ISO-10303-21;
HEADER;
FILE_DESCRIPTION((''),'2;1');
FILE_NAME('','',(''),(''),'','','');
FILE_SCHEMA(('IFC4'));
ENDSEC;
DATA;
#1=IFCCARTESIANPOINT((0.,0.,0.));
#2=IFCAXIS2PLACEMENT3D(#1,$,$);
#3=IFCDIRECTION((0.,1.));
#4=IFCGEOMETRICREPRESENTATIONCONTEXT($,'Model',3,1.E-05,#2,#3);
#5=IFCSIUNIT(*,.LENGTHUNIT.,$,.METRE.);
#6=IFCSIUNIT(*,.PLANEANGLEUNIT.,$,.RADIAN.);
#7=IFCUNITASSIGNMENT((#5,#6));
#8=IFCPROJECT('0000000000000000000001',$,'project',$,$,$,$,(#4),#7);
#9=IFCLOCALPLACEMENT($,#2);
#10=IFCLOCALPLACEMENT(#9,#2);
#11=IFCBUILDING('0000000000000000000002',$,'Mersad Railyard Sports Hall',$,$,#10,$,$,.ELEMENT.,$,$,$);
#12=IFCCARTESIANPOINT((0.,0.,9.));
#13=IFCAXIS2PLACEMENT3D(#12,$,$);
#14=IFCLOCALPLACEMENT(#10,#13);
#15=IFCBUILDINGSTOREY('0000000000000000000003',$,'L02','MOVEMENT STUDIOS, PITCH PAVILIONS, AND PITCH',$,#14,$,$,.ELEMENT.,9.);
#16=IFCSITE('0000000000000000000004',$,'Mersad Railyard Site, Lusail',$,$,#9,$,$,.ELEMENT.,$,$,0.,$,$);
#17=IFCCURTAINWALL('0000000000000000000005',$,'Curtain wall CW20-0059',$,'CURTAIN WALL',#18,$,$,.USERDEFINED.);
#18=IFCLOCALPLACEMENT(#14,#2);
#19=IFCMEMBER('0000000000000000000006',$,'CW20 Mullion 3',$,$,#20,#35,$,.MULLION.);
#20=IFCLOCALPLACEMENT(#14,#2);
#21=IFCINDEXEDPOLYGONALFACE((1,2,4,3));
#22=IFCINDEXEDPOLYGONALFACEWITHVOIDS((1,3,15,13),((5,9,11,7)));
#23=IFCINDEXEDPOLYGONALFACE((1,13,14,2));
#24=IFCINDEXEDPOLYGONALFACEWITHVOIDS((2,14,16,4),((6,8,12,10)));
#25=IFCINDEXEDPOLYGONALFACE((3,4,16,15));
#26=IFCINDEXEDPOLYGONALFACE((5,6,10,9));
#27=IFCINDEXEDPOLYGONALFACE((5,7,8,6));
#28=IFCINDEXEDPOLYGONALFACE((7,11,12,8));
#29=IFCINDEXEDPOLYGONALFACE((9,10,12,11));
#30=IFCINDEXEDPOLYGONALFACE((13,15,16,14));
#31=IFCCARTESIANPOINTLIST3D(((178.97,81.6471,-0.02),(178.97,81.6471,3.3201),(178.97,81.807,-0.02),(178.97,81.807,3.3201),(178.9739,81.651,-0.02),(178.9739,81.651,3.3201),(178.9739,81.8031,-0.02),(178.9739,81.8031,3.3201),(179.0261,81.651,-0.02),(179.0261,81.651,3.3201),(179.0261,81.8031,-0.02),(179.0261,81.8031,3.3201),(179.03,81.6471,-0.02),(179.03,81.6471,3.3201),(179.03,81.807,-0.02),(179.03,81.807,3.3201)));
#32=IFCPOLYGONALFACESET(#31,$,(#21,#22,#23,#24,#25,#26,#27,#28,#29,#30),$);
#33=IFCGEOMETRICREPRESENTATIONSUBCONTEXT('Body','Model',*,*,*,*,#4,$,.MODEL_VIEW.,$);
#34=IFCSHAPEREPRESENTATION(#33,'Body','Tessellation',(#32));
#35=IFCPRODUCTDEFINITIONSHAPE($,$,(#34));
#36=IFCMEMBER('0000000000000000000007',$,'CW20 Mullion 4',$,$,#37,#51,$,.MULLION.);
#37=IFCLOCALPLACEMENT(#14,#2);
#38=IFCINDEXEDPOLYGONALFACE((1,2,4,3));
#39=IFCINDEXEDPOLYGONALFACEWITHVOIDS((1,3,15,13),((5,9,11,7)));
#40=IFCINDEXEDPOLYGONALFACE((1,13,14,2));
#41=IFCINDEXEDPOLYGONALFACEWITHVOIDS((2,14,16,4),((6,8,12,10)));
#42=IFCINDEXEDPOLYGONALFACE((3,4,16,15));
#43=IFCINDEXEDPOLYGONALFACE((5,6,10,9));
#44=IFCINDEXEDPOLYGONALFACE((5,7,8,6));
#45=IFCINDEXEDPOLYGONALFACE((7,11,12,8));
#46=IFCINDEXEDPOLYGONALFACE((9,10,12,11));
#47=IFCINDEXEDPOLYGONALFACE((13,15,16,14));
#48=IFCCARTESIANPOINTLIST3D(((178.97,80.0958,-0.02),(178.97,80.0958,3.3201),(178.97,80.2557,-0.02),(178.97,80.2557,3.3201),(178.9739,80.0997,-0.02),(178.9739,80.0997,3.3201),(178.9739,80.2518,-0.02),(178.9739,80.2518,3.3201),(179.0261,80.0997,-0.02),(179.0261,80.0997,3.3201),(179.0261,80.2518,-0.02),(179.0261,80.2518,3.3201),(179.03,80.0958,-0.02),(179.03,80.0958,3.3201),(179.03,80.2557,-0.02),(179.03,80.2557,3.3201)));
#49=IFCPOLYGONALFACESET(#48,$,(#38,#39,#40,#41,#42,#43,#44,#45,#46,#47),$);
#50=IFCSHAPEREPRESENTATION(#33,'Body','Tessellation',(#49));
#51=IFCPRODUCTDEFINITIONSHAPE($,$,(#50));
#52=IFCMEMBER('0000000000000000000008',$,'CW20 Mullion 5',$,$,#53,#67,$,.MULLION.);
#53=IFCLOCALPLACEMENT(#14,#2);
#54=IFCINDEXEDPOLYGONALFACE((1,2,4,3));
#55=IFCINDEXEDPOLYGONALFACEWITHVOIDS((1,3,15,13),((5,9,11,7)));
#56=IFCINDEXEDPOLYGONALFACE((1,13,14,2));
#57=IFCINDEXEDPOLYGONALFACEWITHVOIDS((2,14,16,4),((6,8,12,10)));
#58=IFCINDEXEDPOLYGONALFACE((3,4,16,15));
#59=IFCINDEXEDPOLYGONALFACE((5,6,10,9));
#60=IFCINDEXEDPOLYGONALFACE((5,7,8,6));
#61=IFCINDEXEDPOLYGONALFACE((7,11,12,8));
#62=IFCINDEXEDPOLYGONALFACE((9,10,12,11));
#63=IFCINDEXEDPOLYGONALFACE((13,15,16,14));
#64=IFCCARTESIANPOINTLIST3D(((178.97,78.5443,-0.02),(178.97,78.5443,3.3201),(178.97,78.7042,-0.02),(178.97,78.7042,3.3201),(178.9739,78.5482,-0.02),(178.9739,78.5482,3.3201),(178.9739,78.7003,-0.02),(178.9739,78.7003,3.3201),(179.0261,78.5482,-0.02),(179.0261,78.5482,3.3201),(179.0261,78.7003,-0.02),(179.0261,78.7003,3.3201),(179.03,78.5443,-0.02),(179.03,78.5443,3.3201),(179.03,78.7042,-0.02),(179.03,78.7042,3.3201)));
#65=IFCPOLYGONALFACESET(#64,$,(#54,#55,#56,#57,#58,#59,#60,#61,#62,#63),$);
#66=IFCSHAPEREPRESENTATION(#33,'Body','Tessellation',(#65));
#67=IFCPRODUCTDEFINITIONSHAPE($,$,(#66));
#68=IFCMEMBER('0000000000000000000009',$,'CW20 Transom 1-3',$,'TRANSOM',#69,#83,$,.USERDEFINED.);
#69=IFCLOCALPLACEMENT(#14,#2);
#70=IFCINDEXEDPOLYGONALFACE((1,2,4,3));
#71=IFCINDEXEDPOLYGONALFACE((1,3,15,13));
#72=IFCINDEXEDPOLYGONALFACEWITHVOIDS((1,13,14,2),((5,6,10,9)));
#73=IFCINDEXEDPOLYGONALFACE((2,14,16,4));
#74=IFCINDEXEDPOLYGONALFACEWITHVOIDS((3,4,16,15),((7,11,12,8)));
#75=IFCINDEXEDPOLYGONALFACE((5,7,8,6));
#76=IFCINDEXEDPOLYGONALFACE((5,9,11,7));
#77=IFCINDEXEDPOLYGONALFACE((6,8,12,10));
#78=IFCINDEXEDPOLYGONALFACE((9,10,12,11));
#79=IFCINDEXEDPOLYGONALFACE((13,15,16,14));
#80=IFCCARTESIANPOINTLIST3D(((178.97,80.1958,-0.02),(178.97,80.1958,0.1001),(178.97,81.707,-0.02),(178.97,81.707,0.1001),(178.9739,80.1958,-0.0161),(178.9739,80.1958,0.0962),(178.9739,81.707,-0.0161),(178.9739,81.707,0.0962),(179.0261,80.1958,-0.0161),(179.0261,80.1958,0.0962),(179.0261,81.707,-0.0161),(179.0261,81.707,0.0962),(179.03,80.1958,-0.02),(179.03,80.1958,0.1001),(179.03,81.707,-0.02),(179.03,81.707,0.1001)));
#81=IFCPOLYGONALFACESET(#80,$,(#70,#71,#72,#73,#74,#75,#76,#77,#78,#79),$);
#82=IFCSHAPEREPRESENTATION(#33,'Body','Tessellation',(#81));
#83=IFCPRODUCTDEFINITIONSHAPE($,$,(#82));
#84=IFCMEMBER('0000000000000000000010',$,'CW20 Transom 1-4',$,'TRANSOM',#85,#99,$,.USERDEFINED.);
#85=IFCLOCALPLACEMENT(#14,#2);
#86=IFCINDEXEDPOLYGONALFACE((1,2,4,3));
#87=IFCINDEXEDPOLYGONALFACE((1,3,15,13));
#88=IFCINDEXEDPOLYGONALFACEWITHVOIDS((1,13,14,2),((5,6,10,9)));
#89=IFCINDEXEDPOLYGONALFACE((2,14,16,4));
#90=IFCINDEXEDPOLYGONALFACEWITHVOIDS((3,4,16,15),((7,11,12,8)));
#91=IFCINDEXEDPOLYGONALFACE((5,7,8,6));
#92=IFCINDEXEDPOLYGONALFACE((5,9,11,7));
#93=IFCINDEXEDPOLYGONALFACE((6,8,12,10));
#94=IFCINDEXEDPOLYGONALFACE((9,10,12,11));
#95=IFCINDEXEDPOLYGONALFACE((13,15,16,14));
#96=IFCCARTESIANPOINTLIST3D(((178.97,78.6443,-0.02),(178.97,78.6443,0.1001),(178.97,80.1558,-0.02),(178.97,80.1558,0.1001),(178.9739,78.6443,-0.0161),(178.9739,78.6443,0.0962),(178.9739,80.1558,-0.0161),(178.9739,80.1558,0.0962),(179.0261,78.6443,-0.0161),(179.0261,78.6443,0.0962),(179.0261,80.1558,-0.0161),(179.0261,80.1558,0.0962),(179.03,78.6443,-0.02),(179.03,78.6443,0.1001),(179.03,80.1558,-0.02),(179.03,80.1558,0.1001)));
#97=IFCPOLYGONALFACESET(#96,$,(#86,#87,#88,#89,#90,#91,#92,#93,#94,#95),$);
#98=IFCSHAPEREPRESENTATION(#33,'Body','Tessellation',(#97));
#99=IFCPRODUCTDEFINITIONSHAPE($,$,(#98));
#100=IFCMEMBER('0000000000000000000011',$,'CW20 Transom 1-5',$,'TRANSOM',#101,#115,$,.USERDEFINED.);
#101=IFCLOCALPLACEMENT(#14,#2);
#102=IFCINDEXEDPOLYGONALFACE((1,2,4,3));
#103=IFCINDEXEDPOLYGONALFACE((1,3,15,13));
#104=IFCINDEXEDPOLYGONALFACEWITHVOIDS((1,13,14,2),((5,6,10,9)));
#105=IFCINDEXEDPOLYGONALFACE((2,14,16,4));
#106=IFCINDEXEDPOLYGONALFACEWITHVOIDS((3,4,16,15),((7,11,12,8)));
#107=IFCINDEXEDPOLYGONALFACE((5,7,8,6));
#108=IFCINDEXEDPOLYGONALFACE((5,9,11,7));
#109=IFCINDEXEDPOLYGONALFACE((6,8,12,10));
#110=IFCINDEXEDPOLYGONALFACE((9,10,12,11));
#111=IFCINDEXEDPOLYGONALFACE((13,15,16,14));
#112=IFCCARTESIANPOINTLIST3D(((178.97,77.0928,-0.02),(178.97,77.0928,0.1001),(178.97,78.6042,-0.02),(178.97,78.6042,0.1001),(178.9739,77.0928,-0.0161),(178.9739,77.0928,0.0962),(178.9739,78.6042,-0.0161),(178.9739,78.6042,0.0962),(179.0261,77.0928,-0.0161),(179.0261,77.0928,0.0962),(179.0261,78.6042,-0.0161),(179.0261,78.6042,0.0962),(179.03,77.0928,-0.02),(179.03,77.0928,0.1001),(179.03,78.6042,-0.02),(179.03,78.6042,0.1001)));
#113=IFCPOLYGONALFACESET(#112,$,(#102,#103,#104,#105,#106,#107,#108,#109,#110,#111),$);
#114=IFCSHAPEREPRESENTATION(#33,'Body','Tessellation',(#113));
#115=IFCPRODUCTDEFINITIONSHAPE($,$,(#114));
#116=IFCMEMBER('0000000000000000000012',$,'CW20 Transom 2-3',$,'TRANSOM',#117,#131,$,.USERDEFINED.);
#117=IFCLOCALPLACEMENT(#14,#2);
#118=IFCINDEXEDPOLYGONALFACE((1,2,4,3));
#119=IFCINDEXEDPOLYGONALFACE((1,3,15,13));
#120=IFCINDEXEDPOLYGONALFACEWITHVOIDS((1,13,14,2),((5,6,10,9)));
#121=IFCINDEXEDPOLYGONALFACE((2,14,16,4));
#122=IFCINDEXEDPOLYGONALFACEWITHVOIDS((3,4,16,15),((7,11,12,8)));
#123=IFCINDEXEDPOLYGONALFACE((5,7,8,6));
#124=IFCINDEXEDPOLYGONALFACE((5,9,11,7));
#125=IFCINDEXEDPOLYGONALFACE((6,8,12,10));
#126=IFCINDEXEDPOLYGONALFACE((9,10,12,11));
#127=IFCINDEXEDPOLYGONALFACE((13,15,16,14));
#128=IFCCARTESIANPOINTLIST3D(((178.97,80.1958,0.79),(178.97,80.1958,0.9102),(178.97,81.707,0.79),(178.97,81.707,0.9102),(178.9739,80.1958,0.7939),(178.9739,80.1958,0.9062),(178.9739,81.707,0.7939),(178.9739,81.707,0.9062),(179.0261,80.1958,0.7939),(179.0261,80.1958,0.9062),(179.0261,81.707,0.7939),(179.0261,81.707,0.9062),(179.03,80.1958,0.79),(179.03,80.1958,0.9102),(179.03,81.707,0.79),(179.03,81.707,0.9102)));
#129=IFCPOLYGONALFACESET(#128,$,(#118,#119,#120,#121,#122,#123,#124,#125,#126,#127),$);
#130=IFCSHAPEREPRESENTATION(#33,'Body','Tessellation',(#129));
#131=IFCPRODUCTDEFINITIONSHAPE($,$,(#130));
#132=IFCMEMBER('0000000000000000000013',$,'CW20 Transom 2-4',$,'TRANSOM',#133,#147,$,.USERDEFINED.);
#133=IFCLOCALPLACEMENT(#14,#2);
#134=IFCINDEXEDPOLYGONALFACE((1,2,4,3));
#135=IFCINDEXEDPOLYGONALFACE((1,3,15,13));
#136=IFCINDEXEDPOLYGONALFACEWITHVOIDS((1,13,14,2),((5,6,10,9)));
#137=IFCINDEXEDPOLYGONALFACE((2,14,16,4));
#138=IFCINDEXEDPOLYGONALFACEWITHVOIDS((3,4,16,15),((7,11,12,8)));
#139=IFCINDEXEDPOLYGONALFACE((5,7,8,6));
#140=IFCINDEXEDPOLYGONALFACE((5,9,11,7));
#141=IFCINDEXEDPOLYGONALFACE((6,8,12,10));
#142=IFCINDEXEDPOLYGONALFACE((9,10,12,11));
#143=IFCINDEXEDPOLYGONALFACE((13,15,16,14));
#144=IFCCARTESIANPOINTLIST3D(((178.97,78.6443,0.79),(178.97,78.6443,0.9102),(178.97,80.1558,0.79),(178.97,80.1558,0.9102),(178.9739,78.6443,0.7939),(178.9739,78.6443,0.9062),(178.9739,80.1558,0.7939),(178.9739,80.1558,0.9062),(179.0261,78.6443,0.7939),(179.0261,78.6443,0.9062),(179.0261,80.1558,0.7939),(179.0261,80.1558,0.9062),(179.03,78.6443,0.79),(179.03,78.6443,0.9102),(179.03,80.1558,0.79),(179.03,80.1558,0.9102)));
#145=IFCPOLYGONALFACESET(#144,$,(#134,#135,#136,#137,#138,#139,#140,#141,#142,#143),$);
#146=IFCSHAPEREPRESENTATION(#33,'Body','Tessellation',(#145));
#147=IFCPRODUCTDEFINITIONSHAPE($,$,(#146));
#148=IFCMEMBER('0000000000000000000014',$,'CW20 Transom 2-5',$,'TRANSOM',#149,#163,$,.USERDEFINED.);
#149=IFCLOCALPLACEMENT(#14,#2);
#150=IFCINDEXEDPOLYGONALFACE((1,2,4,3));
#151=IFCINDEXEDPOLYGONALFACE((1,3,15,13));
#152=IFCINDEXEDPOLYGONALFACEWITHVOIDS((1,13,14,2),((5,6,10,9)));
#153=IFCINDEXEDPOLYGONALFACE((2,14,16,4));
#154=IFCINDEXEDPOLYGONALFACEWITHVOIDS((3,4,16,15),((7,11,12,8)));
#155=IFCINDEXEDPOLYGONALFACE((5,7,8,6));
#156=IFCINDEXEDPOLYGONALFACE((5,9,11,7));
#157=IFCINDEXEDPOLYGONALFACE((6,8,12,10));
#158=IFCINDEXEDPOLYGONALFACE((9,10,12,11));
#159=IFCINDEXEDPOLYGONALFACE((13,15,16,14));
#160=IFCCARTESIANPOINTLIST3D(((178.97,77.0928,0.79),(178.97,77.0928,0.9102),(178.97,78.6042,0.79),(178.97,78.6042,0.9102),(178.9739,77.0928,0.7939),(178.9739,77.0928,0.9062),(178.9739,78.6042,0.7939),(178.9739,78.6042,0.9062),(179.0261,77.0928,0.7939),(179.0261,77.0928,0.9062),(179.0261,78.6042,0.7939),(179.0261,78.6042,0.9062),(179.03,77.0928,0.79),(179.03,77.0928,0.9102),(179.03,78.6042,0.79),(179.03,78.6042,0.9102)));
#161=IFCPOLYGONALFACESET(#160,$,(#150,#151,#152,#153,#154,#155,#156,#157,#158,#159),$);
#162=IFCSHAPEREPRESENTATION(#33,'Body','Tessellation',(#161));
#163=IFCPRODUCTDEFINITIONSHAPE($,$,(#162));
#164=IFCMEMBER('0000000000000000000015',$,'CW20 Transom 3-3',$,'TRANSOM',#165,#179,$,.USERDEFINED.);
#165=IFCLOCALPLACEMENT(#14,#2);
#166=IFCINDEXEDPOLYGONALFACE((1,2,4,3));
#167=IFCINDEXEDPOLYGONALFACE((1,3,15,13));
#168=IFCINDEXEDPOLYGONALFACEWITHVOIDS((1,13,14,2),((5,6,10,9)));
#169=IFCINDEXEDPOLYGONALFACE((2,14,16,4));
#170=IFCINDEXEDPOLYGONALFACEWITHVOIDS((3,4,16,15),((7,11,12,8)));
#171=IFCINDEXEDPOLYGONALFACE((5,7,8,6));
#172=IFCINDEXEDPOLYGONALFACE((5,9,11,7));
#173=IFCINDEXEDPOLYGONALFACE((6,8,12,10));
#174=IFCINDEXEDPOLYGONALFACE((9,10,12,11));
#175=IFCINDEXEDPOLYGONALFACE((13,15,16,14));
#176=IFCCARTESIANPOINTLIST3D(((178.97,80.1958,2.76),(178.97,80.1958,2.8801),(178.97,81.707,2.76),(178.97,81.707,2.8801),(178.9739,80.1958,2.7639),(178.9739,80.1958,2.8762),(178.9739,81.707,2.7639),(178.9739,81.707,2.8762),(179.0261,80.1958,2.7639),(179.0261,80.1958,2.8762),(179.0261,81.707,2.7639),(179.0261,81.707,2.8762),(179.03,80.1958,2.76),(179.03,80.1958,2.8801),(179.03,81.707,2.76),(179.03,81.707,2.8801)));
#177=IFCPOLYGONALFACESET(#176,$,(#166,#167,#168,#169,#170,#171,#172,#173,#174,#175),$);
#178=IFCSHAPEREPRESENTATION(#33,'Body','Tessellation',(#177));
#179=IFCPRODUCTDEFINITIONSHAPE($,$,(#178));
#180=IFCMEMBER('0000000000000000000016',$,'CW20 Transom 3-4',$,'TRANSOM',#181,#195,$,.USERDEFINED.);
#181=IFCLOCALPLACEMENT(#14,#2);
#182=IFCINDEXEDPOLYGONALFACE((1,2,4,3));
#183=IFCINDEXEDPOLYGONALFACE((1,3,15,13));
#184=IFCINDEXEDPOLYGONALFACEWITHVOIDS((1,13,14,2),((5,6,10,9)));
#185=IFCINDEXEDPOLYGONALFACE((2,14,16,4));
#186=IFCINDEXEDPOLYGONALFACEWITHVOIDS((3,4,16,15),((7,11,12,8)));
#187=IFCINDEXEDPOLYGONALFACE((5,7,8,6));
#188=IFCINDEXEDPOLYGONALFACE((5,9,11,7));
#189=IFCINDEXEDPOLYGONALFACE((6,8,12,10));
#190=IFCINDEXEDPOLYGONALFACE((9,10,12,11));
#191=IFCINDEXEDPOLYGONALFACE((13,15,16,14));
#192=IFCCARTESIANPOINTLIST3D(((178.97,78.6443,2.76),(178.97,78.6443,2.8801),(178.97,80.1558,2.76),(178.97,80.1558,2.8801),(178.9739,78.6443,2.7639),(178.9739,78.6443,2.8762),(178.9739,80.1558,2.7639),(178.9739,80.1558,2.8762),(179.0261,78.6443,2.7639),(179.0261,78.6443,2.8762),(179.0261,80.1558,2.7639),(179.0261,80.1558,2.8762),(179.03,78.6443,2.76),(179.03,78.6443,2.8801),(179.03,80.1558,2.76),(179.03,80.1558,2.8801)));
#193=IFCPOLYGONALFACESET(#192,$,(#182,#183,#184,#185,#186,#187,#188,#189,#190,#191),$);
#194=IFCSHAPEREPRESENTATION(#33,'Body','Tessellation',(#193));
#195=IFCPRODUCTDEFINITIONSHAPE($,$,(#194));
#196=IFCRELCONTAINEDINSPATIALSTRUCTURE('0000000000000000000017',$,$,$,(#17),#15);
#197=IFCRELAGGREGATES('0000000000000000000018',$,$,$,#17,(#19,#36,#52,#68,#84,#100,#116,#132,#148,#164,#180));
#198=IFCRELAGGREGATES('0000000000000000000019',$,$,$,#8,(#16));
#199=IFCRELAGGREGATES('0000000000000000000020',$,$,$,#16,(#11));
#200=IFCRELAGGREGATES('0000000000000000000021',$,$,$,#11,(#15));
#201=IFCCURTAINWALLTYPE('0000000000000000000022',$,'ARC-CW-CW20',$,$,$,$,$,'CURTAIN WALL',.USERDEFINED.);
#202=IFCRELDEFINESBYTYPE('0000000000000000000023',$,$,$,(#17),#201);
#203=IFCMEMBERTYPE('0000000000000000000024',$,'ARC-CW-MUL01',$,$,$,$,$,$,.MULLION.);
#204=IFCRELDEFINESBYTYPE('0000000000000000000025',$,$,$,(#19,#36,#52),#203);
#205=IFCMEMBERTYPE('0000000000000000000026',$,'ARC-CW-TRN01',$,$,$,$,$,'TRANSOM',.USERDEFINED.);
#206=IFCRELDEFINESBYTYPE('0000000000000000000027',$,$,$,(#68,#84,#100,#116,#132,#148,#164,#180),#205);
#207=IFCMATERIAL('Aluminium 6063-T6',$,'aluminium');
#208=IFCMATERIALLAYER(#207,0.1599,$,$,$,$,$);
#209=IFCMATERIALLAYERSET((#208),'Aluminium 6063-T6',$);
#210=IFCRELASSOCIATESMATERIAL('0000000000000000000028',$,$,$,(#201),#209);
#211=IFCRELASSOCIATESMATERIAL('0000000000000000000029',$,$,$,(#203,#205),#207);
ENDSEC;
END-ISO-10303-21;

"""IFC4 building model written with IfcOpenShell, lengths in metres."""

from ifc_helpers import new_model, si_unit, direction, frame, origin, origin_2d, place, context, subcontext, project, spatial, hollow_rectangle, extrude, material, layer, layer_set, material_profile, profile_set, type_object, element, aggregate, save


model = new_model("IFC4")

# Units and contexts
model_context = context("Model", 3, precision=1e-05, world=origin(), true_north=direction((0.0, 1.0)))
body_context = subcontext(model_context, "Body", "Model", "MODEL_VIEW")
ifc_project = project(units=[si_unit("LENGTHUNIT", "METRE"), si_unit("PLANEANGLEUNIT", "RADIAN")], contexts=[model_context])

# Site, building, storey
site_placement = place(None, origin())
site = spatial("IfcSite", under=ifc_project, at=site_placement, Name="Mersad Railyard Site, Lusail", CompositionType="ELEMENT", RefElevation=0.0)
building_placement = place(site_placement, origin())
building = spatial("IfcBuilding", under=site, at=building_placement, Name="Mersad Railyard Sports Hall", CompositionType="ELEMENT")
storey_placement = place(building_placement, frame((0.0, 0.0, 9.0)))
storey = spatial("IfcBuildingStorey", under=building, at=storey_placement, Name="L02", Description="MOVEMENT STUDIOS, PITCH PAVILIONS, AND PITCH", CompositionType="ELEMENT", Elevation=9.0)

# Curtain wall, members
ifc_material_1 = material(Name="Aluminium 6063-T6", Category="aluminium")
ifc_layer_1 = layer(ifc_material_1, 0.1599)
ifc_layer_set_1 = layer_set([ifc_layer_1], Name="Aluminium 6063-T6")
curtain_wall_type = type_object("IfcCurtainWallType", Name="ARC-CW-CW20", ElementType="CURTAIN WALL", PredefinedType="USERDEFINED", material=ifc_layer_set_1)
curtain_wall_placement = place(storey_placement, origin())
curtain_wall = element("IfcCurtainWall", 1, at=curtain_wall_placement, inside=storey, type_object=curtain_wall_type, Name="Curtain wall CW20-0059", ObjectType="CURTAIN WALL", PredefinedType="USERDEFINED")
ifc_material_profile_1 = material_profile(ifc_material_1, hollow_rectangle(XDim=0.0601, YDim=0.1599, WallThickness=0.0039, at=origin_2d()), Name="AL MULLION 60x160x4")
ifc_profile_set_1 = profile_set([ifc_material_profile_1], Name="Aluminium 6063-T6")
member_type_1 = type_object("IfcMemberType", Name="ARC-CW-MUL01", PredefinedType="MULLION", material=ifc_profile_set_1)
member_1_placement = place(storey_placement, frame((179.0, 81.7271, -0.02), z_axis=(0.0, 0.0, 1.0), x_axis=(1.0, 0.0, 0.0)))
member_1 = element("IfcMember", 2, at=member_1_placement, type_object=member_type_1, Name="CW20 Mullion 3", PredefinedType="MULLION", context=body_context, shape_type="SweptSolid", body=[
    extrude(hollow_rectangle(XDim=0.0601, YDim=0.1599, WallThickness=0.0039, at=origin_2d()), origin(), (0.0, 0.0, 1.0), 3.3401),
])
member_2_placement = place(storey_placement, frame((179.0, 80.1758, -0.02), z_axis=(0.0, 0.0, 1.0), x_axis=(1.0, 0.0, 0.0)))
member_2 = element("IfcMember", 3, at=member_2_placement, type_object=member_type_1, Name="CW20 Mullion 4", PredefinedType="MULLION", context=body_context, shape_type="SweptSolid", body=[
    extrude(hollow_rectangle(XDim=0.0601, YDim=0.1599, WallThickness=0.0039, at=origin_2d()), origin(), (0.0, 0.0, 1.0), 3.3401),
])
member_3_placement = place(storey_placement, frame((179.0, 78.6243, -0.02), z_axis=(0.0, 0.0, 1.0), x_axis=(1.0, 0.0, 0.0)))
member_3 = element("IfcMember", 4, at=member_3_placement, type_object=member_type_1, Name="CW20 Mullion 5", PredefinedType="MULLION", context=body_context, shape_type="SweptSolid", body=[
    extrude(hollow_rectangle(XDim=0.0601, YDim=0.1599, WallThickness=0.0039, at=origin_2d()), origin(), (0.0, 0.0, 1.0), 3.3401),
])
ifc_material_profile_2 = material_profile(ifc_material_1, hollow_rectangle(XDim=0.0601, YDim=0.1201, WallThickness=0.0039, at=origin_2d()), Name="AL TRANSOM 60x120x4")
ifc_profile_set_2 = profile_set([ifc_material_profile_2], Name="Aluminium 6063-T6")
member_type_2 = type_object("IfcMemberType", Name="ARC-CW-TRN01", ElementType="TRANSOM", PredefinedType="USERDEFINED", material=ifc_profile_set_2)
member_4_placement = place(storey_placement, frame((179.0, 81.707, 0.04), z_axis=(0.0, -1.0, 0.0), x_axis=(1.0, 0.0, 0.0)))
member_4 = element("IfcMember", 5, at=member_4_placement, type_object=member_type_2, Name="CW20 Transom 1-3", ObjectType="TRANSOM", PredefinedType="USERDEFINED", context=body_context, shape_type="SweptSolid", body=[
    extrude(hollow_rectangle(XDim=0.0601, YDim=0.1201, WallThickness=0.0039, at=origin_2d()), origin(), (0.0, 0.0, 1.0), 1.5112),
])
member_5_placement = place(storey_placement, frame((179.0, 80.1558, 0.04), z_axis=(0.0, -1.0, 0.0), x_axis=(1.0, 0.0, 0.0)))
member_5 = element("IfcMember", 6, at=member_5_placement, type_object=member_type_2, Name="CW20 Transom 1-4", ObjectType="TRANSOM", PredefinedType="USERDEFINED", context=body_context, shape_type="SweptSolid", body=[
    extrude(hollow_rectangle(XDim=0.0601, YDim=0.1201, WallThickness=0.0039, at=origin_2d()), origin(), (0.0, 0.0, 1.0), 1.5115),
])
member_6_placement = place(storey_placement, frame((179.0, 78.6042, 0.04), z_axis=(0.0, -1.0, 0.0), x_axis=(1.0, 0.0, 0.0)))
member_6 = element("IfcMember", 7, at=member_6_placement, type_object=member_type_2, Name="CW20 Transom 1-5", ObjectType="TRANSOM", PredefinedType="USERDEFINED", context=body_context, shape_type="SweptSolid", body=[
    extrude(hollow_rectangle(XDim=0.0601, YDim=0.1201, WallThickness=0.0039, at=origin_2d()), origin(), (0.0, 0.0, 1.0), 1.5115),
])
member_7_placement = place(storey_placement, frame((179.0, 81.707, 0.8501), z_axis=(0.0, -1.0, 0.0), x_axis=(1.0, 0.0, 0.0)))
member_7 = element("IfcMember", 8, at=member_7_placement, type_object=member_type_2, Name="CW20 Transom 2-3", ObjectType="TRANSOM", PredefinedType="USERDEFINED", context=body_context, shape_type="SweptSolid", body=[
    extrude(hollow_rectangle(XDim=0.0601, YDim=0.1201, WallThickness=0.0039, at=origin_2d()), origin(), (0.0, 0.0, 1.0), 1.5112),
])
member_8_placement = place(storey_placement, frame((179.0, 80.1558, 0.8501), z_axis=(0.0, -1.0, 0.0), x_axis=(1.0, 0.0, 0.0)))
member_8 = element("IfcMember", 9, at=member_8_placement, type_object=member_type_2, Name="CW20 Transom 2-4", ObjectType="TRANSOM", PredefinedType="USERDEFINED", context=body_context, shape_type="SweptSolid", body=[
    extrude(hollow_rectangle(XDim=0.0601, YDim=0.1201, WallThickness=0.0039, at=origin_2d()), origin(), (0.0, 0.0, 1.0), 1.5115),
])
member_9_placement = place(storey_placement, frame((179.0, 78.6042, 0.8501), z_axis=(0.0, -1.0, 0.0), x_axis=(1.0, 0.0, 0.0)))
member_9 = element("IfcMember", 10, at=member_9_placement, type_object=member_type_2, Name="CW20 Transom 2-5", ObjectType="TRANSOM", PredefinedType="USERDEFINED", context=body_context, shape_type="SweptSolid", body=[
    extrude(hollow_rectangle(XDim=0.0601, YDim=0.1201, WallThickness=0.0039, at=origin_2d()), origin(), (0.0, 0.0, 1.0), 1.5115),
])
member_10_placement = place(storey_placement, frame((179.0, 81.707, 2.8201), z_axis=(0.0, -1.0, 0.0), x_axis=(1.0, 0.0, 0.0)))
member_10 = element("IfcMember", 11, at=member_10_placement, type_object=member_type_2, Name="CW20 Transom 3-3", ObjectType="TRANSOM", PredefinedType="USERDEFINED", context=body_context, shape_type="SweptSolid", body=[
    extrude(hollow_rectangle(XDim=0.0601, YDim=0.1201, WallThickness=0.0039, at=origin_2d()), origin(), (0.0, 0.0, 1.0), 1.5112),
])
member_11_placement = place(storey_placement, frame((179.0, 80.1558, 2.8201), z_axis=(0.0, -1.0, 0.0), x_axis=(1.0, 0.0, 0.0)))
member_11 = element("IfcMember", 12, at=member_11_placement, type_object=member_type_2, Name="CW20 Transom 3-4", ObjectType="TRANSOM", PredefinedType="USERDEFINED", context=body_context, shape_type="SweptSolid", body=[
    extrude(hollow_rectangle(XDim=0.0601, YDim=0.1201, WallThickness=0.0039, at=origin_2d()), origin(), (0.0, 0.0, 1.0), 1.5115),
])
aggregate(curtain_wall, [member_1, member_2, member_3, member_4, member_5, member_6, member_7, member_8, member_9, member_10, member_11])

save(model, "model.ifc")
